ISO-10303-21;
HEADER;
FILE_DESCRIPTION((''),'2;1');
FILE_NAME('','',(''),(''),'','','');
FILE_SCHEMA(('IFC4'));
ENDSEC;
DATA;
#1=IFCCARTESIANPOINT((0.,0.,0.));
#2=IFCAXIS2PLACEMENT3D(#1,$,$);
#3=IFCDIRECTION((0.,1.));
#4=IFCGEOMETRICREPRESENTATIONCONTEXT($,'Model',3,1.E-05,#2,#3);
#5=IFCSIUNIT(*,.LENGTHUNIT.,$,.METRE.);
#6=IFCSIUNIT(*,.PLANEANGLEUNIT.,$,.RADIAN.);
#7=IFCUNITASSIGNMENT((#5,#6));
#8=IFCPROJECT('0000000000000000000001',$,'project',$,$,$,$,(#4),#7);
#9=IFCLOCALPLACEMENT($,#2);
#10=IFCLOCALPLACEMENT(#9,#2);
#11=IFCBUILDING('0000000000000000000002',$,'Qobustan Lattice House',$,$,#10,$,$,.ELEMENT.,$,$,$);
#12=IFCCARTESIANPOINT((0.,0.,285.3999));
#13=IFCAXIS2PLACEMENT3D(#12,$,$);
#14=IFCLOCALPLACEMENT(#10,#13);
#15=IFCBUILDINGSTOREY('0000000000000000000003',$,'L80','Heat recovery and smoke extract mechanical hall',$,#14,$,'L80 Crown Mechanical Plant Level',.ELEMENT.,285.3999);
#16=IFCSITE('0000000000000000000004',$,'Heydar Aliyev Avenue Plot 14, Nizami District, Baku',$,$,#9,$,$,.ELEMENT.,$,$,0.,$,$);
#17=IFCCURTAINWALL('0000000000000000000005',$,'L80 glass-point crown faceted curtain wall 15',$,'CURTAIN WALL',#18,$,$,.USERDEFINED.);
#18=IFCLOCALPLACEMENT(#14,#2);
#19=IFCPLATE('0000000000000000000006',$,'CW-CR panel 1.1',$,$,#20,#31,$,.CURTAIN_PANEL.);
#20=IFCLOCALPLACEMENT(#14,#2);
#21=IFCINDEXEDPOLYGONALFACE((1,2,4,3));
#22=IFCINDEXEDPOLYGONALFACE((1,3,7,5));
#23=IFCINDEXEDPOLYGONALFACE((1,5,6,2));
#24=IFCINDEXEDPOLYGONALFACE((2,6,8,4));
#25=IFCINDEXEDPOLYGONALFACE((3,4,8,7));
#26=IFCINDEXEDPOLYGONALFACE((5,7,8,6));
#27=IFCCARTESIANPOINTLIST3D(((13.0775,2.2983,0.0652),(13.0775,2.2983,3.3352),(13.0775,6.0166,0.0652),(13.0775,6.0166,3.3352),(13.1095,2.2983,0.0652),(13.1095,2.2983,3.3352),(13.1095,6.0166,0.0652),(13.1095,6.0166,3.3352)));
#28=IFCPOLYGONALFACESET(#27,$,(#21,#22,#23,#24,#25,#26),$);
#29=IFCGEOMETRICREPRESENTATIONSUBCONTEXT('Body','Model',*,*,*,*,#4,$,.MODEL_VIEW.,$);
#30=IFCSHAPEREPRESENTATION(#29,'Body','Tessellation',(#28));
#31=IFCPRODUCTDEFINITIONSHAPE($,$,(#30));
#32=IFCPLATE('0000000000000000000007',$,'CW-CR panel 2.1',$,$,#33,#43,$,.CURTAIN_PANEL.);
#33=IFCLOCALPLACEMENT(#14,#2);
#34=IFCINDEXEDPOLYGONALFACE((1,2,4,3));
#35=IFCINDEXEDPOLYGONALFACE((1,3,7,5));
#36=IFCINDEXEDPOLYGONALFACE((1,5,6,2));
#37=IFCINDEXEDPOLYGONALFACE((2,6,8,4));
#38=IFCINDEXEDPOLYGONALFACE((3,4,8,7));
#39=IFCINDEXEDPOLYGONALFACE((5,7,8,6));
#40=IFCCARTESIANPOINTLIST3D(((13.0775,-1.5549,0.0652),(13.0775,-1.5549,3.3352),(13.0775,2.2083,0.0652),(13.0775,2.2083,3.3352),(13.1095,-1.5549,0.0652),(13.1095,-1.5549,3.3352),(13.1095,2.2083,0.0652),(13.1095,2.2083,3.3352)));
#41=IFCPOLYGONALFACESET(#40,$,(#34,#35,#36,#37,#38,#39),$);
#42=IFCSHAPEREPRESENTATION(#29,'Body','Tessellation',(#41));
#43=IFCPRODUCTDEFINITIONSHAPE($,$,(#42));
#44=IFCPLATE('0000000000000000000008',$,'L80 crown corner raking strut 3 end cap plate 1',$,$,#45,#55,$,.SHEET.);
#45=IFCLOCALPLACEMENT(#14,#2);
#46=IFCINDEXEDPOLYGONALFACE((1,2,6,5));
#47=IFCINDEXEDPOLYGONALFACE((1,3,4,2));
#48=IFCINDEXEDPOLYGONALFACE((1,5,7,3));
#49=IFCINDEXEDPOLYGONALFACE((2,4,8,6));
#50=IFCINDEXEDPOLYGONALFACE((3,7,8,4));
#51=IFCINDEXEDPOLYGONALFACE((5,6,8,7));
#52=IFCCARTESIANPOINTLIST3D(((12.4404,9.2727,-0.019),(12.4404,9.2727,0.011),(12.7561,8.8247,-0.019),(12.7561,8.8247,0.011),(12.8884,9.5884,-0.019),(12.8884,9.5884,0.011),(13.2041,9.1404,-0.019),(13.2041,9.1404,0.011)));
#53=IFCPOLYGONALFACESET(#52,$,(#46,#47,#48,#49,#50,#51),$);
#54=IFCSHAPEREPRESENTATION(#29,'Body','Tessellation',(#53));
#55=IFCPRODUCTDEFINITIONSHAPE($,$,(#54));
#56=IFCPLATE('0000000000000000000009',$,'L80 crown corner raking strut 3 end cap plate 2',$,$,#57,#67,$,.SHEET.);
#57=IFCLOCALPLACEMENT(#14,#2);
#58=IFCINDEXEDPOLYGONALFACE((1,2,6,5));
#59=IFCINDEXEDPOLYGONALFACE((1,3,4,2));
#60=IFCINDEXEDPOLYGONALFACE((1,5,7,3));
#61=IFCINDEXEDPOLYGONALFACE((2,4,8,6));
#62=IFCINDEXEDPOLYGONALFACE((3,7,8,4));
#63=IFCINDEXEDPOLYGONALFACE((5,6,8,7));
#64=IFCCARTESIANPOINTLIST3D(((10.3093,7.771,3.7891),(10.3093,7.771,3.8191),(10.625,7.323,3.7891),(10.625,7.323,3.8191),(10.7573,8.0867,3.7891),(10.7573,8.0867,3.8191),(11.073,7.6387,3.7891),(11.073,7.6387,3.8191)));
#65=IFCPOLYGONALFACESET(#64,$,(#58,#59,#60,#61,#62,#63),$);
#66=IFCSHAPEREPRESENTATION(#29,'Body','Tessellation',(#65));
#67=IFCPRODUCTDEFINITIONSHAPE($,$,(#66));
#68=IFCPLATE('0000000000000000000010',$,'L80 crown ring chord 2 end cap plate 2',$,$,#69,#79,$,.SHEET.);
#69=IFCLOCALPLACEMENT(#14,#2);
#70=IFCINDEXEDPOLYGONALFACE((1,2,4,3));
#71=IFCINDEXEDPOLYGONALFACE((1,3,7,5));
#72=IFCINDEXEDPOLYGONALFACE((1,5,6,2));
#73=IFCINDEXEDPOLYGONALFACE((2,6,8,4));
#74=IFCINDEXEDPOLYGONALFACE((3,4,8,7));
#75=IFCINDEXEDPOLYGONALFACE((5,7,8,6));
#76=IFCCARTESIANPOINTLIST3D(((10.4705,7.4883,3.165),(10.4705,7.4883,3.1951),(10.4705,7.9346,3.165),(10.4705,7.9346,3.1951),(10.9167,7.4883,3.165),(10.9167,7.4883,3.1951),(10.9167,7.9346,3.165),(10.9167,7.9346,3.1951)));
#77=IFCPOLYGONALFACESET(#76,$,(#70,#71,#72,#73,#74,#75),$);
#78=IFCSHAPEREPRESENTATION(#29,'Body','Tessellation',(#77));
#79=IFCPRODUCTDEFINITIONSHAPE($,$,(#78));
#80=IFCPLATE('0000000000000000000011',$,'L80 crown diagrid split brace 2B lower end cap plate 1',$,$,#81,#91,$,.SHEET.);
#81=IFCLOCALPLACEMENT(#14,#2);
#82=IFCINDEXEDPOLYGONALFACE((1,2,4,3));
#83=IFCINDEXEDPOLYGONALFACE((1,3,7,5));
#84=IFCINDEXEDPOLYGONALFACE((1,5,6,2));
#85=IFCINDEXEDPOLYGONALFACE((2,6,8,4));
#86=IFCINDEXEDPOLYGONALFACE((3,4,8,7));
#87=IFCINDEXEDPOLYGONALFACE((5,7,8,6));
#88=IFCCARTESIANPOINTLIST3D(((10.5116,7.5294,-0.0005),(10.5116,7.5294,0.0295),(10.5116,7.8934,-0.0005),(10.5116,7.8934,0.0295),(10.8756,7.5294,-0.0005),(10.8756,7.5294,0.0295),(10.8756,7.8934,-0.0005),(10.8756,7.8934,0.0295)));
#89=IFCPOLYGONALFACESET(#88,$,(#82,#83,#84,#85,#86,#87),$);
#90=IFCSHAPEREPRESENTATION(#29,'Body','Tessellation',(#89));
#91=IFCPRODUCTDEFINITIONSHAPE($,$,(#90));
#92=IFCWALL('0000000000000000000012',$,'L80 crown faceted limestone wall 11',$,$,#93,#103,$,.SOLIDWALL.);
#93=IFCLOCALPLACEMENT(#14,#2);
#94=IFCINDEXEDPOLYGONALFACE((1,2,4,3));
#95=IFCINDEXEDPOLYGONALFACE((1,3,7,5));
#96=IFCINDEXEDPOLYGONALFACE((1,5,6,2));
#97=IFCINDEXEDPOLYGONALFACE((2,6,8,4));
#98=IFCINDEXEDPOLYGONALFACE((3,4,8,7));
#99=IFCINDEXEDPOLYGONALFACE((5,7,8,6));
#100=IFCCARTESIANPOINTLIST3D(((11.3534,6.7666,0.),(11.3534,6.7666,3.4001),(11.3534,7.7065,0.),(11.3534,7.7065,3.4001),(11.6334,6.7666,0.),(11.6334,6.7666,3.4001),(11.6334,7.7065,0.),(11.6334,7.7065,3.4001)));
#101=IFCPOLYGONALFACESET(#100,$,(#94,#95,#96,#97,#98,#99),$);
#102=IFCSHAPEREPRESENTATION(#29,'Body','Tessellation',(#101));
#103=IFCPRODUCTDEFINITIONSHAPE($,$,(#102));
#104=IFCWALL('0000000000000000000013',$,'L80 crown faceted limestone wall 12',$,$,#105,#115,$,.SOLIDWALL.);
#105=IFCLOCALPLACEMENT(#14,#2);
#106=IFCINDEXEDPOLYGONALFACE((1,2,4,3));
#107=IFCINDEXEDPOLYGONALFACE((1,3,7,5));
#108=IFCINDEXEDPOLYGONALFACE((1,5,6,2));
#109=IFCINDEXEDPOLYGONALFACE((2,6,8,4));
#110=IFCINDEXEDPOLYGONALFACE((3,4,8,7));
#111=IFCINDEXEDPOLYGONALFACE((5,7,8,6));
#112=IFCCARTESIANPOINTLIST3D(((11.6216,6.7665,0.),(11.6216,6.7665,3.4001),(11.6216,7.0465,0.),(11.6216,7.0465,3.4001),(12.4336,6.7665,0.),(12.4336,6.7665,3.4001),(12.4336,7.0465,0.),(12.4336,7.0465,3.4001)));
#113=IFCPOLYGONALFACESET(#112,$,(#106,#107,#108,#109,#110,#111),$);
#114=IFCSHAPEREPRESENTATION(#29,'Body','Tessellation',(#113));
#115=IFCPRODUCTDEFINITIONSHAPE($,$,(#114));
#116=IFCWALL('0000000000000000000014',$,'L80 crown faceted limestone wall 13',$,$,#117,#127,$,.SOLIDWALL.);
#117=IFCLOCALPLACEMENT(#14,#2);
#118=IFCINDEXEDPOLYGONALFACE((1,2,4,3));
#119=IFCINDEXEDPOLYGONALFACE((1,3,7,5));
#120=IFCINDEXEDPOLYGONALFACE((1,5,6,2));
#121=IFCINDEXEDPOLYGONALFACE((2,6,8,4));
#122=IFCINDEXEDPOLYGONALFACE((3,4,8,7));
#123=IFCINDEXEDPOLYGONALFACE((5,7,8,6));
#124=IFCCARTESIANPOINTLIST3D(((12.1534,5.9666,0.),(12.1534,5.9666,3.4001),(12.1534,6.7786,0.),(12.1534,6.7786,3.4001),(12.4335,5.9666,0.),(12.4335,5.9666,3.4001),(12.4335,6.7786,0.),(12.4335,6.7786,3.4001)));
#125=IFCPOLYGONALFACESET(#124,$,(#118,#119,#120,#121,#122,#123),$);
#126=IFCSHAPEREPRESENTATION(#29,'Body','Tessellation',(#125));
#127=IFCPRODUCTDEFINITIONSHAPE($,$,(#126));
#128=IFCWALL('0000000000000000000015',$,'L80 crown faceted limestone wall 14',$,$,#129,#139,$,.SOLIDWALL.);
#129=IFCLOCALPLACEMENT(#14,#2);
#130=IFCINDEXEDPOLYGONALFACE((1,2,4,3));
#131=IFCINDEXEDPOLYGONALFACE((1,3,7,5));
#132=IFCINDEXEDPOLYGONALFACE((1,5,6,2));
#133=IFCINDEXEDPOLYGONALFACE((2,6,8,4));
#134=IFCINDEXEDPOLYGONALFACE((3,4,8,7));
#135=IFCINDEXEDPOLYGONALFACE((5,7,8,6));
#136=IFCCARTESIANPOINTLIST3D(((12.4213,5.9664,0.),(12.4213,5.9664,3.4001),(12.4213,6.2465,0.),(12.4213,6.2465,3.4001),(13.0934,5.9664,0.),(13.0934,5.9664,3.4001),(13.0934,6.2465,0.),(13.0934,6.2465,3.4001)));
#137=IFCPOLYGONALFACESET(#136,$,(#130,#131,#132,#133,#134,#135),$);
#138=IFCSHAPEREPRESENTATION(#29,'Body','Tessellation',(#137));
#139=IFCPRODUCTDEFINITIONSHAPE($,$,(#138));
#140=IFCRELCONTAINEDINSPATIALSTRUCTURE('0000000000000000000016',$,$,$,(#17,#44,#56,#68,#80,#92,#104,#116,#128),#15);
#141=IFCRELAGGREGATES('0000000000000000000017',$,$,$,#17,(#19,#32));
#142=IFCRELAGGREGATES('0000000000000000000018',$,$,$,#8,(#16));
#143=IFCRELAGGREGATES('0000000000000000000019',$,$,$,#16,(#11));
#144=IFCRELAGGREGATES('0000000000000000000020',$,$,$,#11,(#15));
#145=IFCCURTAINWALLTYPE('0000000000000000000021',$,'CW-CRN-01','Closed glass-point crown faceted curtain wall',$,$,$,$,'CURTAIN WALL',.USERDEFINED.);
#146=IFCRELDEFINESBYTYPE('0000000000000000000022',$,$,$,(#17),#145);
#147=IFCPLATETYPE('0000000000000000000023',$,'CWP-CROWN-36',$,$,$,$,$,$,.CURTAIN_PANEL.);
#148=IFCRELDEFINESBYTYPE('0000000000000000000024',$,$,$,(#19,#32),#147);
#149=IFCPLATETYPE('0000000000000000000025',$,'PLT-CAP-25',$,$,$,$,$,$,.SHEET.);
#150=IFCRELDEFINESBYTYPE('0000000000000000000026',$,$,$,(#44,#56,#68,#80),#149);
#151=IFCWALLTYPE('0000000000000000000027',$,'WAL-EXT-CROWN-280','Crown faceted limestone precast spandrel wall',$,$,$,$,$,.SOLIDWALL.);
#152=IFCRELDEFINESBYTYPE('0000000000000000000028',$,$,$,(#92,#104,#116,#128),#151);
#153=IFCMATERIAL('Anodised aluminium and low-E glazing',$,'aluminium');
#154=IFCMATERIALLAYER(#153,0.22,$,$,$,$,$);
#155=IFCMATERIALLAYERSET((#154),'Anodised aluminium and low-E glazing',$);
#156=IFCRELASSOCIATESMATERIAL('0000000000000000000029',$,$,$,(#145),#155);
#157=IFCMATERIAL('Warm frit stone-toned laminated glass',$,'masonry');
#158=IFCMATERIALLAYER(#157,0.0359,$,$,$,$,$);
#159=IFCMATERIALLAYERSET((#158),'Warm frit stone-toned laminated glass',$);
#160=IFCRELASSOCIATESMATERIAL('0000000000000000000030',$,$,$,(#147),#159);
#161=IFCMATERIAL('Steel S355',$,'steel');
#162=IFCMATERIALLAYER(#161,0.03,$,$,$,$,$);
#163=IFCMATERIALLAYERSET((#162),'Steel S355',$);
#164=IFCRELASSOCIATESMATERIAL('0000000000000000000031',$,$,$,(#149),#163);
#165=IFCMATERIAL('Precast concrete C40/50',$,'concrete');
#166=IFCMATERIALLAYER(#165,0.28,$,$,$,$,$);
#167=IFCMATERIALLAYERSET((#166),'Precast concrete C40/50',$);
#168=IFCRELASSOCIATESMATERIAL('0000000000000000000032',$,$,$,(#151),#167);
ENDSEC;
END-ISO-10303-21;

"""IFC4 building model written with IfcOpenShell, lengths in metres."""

from ifc_helpers import new_model, si_unit, direction, frame, frame_2d, origin, origin_2d, place, context, subcontext, project, spatial, rectangle, extrude, material, layer, layer_set, type_object, element, aggregate, save


model = new_model("IFC4")

# Units and contexts
model_context = context("Model", 3, precision=1e-05, world=origin(), true_north=direction((0.0, 1.0)))
body_context = subcontext(model_context, "Body", "Model", "MODEL_VIEW")
ifc_project = project(units=[si_unit("LENGTHUNIT", "METRE"), si_unit("PLANEANGLEUNIT", "RADIAN")], contexts=[model_context])

# Site, building, storey
site_placement = place(None, origin())
site = spatial("IfcSite", under=ifc_project, at=site_placement, Name="Heydar Aliyev Avenue Plot 14, Nizami District, Baku", CompositionType="ELEMENT", RefElevation=0.0)
building_placement = place(site_placement, origin())
building = spatial("IfcBuilding", under=site, at=building_placement, Name="Qobustan Lattice House", CompositionType="ELEMENT")
storey_placement = place(building_placement, frame((0.0, 0.0, 285.3999)))
storey = spatial("IfcBuildingStorey", under=building, at=storey_placement, Name="L80", Description="Heat recovery and smoke extract mechanical hall", LongName="L80 Crown Mechanical Plant Level", CompositionType="ELEMENT", Elevation=285.3999)

# Shared definitions
ifc_material_1 = material(Name="Anodised aluminium and low-E glazing", Category="aluminium")
ifc_layer_1 = layer(ifc_material_1, 0.22)
ifc_layer_set_1 = layer_set([ifc_layer_1], Name="Anodised aluminium and low-E glazing")
curtain_wall_type = type_object("IfcCurtainWallType", Name="CW-CRN-01", Description="Closed glass-point crown faceted curtain wall", ElementType="CURTAIN WALL", PredefinedType="USERDEFINED", material=ifc_layer_set_1)

# Curtain wall
curtain_wall_1_placement = place(storey_placement, origin())
curtain_wall_1 = element("IfcCurtainWall", 1, at=curtain_wall_1_placement, inside=storey, type_object=curtain_wall_type, Name="L80 glass-point crown faceted curtain wall 15", ObjectType="CURTAIN WALL", PredefinedType="USERDEFINED")

# Plates
ifc_material_2 = material(Name="Warm frit stone-toned laminated glass", Category="masonry")
ifc_layer_2 = layer(ifc_material_2, 0.0359)
ifc_layer_set_2 = layer_set([ifc_layer_2], Name="Warm frit stone-toned laminated glass")
plate_type_1 = type_object("IfcPlateType", Name="CWP-CROWN-36", PredefinedType="CURTAIN_PANEL", material=ifc_layer_set_2)
plate_1_placement = place(storey_placement, frame((13.0935, 4.1575, 0.0652), z_axis=(0.0, 0.0, 1.0), x_axis=(0.0, -1.0, 0.0)))
plate_1 = element("IfcPlate", 2, at=plate_1_placement, type_object=plate_type_1, Name="CW-CR panel 1.1", PredefinedType="CURTAIN_PANEL", context=body_context, shape_type="SweptSolid", body=[
    extrude(rectangle(XDim=3.7183, YDim=0.032, at=origin_2d()), origin(), (0.0, 0.0, 1.0), 3.27),
])
plate_2_placement = place(storey_placement, frame((13.0935, 0.3267, 0.0652), z_axis=(0.0, 0.0, 1.0), x_axis=(0.0, -1.0, 0.0)))
plate_2 = element("IfcPlate", 3, at=plate_2_placement, type_object=plate_type_1, Name="CW-CR panel 2.1", PredefinedType="CURTAIN_PANEL", context=body_context, shape_type="SweptSolid", body=[
    extrude(rectangle(XDim=3.7632, YDim=0.032, at=origin_2d()), origin(), (0.0, 0.0, 1.0), 3.27),
])
aggregate(curtain_wall_1, [plate_1, plate_2])

# Plates
ifc_material_3 = material(Name="Steel S355", Category="steel")
ifc_layer_3 = layer(ifc_material_3, 0.03)
ifc_layer_set_3 = layer_set([ifc_layer_3], Name="Steel S355")
plate_type_2 = type_object("IfcPlateType", Name="PLT-CAP-25", PredefinedType="SHEET", material=ifc_layer_set_3)
for number, where, z_axis, x_axis, name in (
    (4, (12.8223, 9.2065, -0.019), (0.0, 0.0, 1.0), (-0.817426, -0.576033, 0.0), "L80 crown corner raking strut 3 end cap plate 1"),
    (5, (10.6912, 7.7048, 3.7891), (0.0, 0.0, 1.0), (-0.817426, -0.576033, 0.0), "L80 crown corner raking strut 3 end cap plate 2"),
):
    element("IfcPlate", number, at=place(storey_placement, frame(where, z_axis=z_axis, x_axis=x_axis)), inside=storey, type_object=plate_type_2, Name=name, PredefinedType="SHEET", context=body_context, shape_type="SweptSolid", body=[
        extrude(rectangle(XDim=0.5481, YDim=0.5481, at=origin_2d()), origin(), (0.0, 0.0, 1.0), 0.03),
    ])
plate_3_placement = place(storey_placement, frame((10.6936, 7.7114, 3.165), z_axis=(0.0, 0.0, 1.0), x_axis=(0.0, 1.0, 0.0)))
element("IfcPlate", 6, at=plate_3_placement, inside=storey, type_object=plate_type_2, Name="L80 crown ring chord 2 end cap plate 2", PredefinedType="SHEET", context=body_context, shape_type="SweptSolid", body=[
    extrude(rectangle(XDim=0.4463, YDim=0.4463, at=origin_2d()), origin(), (0.0, 0.0, 1.0), 0.03),
])
plate_4_placement = place(storey_placement, frame((10.6936, 7.7114, -0.0005), z_axis=(0.0, 0.0, 1.0), x_axis=(0.0, -1.0, 0.0)))
element("IfcPlate", 7, at=plate_4_placement, inside=storey, type_object=plate_type_2, Name="L80 crown diagrid split brace 2B lower end cap plate 1", PredefinedType="SHEET", context=body_context, shape_type="SweptSolid", body=[
    extrude(rectangle(XDim=0.364, YDim=0.364, at=origin_2d()), origin(), (0.0, 0.0, 1.0), 0.03),
])

# Walls
ifc_material_4 = material(Name="Precast concrete C40/50", Category="concrete")
ifc_layer_4 = layer(ifc_material_4, 0.28)
ifc_layer_set_4 = layer_set([ifc_layer_4], Name="Precast concrete C40/50")
wall_type = type_object("IfcWallType", Name="WAL-EXT-CROWN-280", Description="Crown faceted limestone precast spandrel wall", PredefinedType="SOLIDWALL", material=ifc_layer_set_4)
wall_1_placement = place(storey_placement, frame((11.4934, 7.7065, 0.0), z_axis=(0.0, 0.0, 1.0), x_axis=(0.0, -1.0, 0.0)))
element("IfcWall", 8, at=wall_1_placement, inside=storey, type_object=wall_type, Name="L80 crown faceted limestone wall 11", PredefinedType="SOLIDWALL", context=body_context, shape_type="SweptSolid", body=[
    extrude(rectangle(XDim=0.9399, YDim=0.28, at=frame_2d((0.47, 0.0))), origin(), (0.0, 0.0, 1.0), 3.4001),
])
for number, where, z_axis, x_axis, name in (
    (9, (11.6216, 6.9065, 0.0), (0.0, 0.0, 1.0), (1.0, 0.0, 0.0), "L80 crown faceted limestone wall 12"),
    (10, (12.2935, 6.7786, 0.0), (0.0, 0.0, 1.0), (0.0, -1.0, 0.0), "L80 crown faceted limestone wall 13"),
):
    element("IfcWall", number, at=place(storey_placement, frame(where, z_axis=z_axis, x_axis=x_axis)), inside=storey, type_object=wall_type, Name=name, PredefinedType="SOLIDWALL", context=body_context, shape_type="SweptSolid", body=[
        extrude(rectangle(XDim=0.812, YDim=0.28, at=frame_2d((0.406, 0.0))), origin(), (0.0, 0.0, 1.0), 3.4001),
    ])
wall_2_placement = place(storey_placement, frame((12.4214, 6.1064, 0.0), z_axis=(0.0, 0.0, 1.0), x_axis=(1.0, 0.0, 0.0)))
element("IfcWall", 11, at=wall_2_placement, inside=storey, type_object=wall_type, Name="L80 crown faceted limestone wall 14", PredefinedType="SOLIDWALL", context=body_context, shape_type="SweptSolid", body=[
    extrude(rectangle(XDim=0.6721, YDim=0.28, at=frame_2d((0.3359, 0.0))), origin(), (0.0, 0.0, 1.0), 3.4001),
])

save(model, "model.ifc")
